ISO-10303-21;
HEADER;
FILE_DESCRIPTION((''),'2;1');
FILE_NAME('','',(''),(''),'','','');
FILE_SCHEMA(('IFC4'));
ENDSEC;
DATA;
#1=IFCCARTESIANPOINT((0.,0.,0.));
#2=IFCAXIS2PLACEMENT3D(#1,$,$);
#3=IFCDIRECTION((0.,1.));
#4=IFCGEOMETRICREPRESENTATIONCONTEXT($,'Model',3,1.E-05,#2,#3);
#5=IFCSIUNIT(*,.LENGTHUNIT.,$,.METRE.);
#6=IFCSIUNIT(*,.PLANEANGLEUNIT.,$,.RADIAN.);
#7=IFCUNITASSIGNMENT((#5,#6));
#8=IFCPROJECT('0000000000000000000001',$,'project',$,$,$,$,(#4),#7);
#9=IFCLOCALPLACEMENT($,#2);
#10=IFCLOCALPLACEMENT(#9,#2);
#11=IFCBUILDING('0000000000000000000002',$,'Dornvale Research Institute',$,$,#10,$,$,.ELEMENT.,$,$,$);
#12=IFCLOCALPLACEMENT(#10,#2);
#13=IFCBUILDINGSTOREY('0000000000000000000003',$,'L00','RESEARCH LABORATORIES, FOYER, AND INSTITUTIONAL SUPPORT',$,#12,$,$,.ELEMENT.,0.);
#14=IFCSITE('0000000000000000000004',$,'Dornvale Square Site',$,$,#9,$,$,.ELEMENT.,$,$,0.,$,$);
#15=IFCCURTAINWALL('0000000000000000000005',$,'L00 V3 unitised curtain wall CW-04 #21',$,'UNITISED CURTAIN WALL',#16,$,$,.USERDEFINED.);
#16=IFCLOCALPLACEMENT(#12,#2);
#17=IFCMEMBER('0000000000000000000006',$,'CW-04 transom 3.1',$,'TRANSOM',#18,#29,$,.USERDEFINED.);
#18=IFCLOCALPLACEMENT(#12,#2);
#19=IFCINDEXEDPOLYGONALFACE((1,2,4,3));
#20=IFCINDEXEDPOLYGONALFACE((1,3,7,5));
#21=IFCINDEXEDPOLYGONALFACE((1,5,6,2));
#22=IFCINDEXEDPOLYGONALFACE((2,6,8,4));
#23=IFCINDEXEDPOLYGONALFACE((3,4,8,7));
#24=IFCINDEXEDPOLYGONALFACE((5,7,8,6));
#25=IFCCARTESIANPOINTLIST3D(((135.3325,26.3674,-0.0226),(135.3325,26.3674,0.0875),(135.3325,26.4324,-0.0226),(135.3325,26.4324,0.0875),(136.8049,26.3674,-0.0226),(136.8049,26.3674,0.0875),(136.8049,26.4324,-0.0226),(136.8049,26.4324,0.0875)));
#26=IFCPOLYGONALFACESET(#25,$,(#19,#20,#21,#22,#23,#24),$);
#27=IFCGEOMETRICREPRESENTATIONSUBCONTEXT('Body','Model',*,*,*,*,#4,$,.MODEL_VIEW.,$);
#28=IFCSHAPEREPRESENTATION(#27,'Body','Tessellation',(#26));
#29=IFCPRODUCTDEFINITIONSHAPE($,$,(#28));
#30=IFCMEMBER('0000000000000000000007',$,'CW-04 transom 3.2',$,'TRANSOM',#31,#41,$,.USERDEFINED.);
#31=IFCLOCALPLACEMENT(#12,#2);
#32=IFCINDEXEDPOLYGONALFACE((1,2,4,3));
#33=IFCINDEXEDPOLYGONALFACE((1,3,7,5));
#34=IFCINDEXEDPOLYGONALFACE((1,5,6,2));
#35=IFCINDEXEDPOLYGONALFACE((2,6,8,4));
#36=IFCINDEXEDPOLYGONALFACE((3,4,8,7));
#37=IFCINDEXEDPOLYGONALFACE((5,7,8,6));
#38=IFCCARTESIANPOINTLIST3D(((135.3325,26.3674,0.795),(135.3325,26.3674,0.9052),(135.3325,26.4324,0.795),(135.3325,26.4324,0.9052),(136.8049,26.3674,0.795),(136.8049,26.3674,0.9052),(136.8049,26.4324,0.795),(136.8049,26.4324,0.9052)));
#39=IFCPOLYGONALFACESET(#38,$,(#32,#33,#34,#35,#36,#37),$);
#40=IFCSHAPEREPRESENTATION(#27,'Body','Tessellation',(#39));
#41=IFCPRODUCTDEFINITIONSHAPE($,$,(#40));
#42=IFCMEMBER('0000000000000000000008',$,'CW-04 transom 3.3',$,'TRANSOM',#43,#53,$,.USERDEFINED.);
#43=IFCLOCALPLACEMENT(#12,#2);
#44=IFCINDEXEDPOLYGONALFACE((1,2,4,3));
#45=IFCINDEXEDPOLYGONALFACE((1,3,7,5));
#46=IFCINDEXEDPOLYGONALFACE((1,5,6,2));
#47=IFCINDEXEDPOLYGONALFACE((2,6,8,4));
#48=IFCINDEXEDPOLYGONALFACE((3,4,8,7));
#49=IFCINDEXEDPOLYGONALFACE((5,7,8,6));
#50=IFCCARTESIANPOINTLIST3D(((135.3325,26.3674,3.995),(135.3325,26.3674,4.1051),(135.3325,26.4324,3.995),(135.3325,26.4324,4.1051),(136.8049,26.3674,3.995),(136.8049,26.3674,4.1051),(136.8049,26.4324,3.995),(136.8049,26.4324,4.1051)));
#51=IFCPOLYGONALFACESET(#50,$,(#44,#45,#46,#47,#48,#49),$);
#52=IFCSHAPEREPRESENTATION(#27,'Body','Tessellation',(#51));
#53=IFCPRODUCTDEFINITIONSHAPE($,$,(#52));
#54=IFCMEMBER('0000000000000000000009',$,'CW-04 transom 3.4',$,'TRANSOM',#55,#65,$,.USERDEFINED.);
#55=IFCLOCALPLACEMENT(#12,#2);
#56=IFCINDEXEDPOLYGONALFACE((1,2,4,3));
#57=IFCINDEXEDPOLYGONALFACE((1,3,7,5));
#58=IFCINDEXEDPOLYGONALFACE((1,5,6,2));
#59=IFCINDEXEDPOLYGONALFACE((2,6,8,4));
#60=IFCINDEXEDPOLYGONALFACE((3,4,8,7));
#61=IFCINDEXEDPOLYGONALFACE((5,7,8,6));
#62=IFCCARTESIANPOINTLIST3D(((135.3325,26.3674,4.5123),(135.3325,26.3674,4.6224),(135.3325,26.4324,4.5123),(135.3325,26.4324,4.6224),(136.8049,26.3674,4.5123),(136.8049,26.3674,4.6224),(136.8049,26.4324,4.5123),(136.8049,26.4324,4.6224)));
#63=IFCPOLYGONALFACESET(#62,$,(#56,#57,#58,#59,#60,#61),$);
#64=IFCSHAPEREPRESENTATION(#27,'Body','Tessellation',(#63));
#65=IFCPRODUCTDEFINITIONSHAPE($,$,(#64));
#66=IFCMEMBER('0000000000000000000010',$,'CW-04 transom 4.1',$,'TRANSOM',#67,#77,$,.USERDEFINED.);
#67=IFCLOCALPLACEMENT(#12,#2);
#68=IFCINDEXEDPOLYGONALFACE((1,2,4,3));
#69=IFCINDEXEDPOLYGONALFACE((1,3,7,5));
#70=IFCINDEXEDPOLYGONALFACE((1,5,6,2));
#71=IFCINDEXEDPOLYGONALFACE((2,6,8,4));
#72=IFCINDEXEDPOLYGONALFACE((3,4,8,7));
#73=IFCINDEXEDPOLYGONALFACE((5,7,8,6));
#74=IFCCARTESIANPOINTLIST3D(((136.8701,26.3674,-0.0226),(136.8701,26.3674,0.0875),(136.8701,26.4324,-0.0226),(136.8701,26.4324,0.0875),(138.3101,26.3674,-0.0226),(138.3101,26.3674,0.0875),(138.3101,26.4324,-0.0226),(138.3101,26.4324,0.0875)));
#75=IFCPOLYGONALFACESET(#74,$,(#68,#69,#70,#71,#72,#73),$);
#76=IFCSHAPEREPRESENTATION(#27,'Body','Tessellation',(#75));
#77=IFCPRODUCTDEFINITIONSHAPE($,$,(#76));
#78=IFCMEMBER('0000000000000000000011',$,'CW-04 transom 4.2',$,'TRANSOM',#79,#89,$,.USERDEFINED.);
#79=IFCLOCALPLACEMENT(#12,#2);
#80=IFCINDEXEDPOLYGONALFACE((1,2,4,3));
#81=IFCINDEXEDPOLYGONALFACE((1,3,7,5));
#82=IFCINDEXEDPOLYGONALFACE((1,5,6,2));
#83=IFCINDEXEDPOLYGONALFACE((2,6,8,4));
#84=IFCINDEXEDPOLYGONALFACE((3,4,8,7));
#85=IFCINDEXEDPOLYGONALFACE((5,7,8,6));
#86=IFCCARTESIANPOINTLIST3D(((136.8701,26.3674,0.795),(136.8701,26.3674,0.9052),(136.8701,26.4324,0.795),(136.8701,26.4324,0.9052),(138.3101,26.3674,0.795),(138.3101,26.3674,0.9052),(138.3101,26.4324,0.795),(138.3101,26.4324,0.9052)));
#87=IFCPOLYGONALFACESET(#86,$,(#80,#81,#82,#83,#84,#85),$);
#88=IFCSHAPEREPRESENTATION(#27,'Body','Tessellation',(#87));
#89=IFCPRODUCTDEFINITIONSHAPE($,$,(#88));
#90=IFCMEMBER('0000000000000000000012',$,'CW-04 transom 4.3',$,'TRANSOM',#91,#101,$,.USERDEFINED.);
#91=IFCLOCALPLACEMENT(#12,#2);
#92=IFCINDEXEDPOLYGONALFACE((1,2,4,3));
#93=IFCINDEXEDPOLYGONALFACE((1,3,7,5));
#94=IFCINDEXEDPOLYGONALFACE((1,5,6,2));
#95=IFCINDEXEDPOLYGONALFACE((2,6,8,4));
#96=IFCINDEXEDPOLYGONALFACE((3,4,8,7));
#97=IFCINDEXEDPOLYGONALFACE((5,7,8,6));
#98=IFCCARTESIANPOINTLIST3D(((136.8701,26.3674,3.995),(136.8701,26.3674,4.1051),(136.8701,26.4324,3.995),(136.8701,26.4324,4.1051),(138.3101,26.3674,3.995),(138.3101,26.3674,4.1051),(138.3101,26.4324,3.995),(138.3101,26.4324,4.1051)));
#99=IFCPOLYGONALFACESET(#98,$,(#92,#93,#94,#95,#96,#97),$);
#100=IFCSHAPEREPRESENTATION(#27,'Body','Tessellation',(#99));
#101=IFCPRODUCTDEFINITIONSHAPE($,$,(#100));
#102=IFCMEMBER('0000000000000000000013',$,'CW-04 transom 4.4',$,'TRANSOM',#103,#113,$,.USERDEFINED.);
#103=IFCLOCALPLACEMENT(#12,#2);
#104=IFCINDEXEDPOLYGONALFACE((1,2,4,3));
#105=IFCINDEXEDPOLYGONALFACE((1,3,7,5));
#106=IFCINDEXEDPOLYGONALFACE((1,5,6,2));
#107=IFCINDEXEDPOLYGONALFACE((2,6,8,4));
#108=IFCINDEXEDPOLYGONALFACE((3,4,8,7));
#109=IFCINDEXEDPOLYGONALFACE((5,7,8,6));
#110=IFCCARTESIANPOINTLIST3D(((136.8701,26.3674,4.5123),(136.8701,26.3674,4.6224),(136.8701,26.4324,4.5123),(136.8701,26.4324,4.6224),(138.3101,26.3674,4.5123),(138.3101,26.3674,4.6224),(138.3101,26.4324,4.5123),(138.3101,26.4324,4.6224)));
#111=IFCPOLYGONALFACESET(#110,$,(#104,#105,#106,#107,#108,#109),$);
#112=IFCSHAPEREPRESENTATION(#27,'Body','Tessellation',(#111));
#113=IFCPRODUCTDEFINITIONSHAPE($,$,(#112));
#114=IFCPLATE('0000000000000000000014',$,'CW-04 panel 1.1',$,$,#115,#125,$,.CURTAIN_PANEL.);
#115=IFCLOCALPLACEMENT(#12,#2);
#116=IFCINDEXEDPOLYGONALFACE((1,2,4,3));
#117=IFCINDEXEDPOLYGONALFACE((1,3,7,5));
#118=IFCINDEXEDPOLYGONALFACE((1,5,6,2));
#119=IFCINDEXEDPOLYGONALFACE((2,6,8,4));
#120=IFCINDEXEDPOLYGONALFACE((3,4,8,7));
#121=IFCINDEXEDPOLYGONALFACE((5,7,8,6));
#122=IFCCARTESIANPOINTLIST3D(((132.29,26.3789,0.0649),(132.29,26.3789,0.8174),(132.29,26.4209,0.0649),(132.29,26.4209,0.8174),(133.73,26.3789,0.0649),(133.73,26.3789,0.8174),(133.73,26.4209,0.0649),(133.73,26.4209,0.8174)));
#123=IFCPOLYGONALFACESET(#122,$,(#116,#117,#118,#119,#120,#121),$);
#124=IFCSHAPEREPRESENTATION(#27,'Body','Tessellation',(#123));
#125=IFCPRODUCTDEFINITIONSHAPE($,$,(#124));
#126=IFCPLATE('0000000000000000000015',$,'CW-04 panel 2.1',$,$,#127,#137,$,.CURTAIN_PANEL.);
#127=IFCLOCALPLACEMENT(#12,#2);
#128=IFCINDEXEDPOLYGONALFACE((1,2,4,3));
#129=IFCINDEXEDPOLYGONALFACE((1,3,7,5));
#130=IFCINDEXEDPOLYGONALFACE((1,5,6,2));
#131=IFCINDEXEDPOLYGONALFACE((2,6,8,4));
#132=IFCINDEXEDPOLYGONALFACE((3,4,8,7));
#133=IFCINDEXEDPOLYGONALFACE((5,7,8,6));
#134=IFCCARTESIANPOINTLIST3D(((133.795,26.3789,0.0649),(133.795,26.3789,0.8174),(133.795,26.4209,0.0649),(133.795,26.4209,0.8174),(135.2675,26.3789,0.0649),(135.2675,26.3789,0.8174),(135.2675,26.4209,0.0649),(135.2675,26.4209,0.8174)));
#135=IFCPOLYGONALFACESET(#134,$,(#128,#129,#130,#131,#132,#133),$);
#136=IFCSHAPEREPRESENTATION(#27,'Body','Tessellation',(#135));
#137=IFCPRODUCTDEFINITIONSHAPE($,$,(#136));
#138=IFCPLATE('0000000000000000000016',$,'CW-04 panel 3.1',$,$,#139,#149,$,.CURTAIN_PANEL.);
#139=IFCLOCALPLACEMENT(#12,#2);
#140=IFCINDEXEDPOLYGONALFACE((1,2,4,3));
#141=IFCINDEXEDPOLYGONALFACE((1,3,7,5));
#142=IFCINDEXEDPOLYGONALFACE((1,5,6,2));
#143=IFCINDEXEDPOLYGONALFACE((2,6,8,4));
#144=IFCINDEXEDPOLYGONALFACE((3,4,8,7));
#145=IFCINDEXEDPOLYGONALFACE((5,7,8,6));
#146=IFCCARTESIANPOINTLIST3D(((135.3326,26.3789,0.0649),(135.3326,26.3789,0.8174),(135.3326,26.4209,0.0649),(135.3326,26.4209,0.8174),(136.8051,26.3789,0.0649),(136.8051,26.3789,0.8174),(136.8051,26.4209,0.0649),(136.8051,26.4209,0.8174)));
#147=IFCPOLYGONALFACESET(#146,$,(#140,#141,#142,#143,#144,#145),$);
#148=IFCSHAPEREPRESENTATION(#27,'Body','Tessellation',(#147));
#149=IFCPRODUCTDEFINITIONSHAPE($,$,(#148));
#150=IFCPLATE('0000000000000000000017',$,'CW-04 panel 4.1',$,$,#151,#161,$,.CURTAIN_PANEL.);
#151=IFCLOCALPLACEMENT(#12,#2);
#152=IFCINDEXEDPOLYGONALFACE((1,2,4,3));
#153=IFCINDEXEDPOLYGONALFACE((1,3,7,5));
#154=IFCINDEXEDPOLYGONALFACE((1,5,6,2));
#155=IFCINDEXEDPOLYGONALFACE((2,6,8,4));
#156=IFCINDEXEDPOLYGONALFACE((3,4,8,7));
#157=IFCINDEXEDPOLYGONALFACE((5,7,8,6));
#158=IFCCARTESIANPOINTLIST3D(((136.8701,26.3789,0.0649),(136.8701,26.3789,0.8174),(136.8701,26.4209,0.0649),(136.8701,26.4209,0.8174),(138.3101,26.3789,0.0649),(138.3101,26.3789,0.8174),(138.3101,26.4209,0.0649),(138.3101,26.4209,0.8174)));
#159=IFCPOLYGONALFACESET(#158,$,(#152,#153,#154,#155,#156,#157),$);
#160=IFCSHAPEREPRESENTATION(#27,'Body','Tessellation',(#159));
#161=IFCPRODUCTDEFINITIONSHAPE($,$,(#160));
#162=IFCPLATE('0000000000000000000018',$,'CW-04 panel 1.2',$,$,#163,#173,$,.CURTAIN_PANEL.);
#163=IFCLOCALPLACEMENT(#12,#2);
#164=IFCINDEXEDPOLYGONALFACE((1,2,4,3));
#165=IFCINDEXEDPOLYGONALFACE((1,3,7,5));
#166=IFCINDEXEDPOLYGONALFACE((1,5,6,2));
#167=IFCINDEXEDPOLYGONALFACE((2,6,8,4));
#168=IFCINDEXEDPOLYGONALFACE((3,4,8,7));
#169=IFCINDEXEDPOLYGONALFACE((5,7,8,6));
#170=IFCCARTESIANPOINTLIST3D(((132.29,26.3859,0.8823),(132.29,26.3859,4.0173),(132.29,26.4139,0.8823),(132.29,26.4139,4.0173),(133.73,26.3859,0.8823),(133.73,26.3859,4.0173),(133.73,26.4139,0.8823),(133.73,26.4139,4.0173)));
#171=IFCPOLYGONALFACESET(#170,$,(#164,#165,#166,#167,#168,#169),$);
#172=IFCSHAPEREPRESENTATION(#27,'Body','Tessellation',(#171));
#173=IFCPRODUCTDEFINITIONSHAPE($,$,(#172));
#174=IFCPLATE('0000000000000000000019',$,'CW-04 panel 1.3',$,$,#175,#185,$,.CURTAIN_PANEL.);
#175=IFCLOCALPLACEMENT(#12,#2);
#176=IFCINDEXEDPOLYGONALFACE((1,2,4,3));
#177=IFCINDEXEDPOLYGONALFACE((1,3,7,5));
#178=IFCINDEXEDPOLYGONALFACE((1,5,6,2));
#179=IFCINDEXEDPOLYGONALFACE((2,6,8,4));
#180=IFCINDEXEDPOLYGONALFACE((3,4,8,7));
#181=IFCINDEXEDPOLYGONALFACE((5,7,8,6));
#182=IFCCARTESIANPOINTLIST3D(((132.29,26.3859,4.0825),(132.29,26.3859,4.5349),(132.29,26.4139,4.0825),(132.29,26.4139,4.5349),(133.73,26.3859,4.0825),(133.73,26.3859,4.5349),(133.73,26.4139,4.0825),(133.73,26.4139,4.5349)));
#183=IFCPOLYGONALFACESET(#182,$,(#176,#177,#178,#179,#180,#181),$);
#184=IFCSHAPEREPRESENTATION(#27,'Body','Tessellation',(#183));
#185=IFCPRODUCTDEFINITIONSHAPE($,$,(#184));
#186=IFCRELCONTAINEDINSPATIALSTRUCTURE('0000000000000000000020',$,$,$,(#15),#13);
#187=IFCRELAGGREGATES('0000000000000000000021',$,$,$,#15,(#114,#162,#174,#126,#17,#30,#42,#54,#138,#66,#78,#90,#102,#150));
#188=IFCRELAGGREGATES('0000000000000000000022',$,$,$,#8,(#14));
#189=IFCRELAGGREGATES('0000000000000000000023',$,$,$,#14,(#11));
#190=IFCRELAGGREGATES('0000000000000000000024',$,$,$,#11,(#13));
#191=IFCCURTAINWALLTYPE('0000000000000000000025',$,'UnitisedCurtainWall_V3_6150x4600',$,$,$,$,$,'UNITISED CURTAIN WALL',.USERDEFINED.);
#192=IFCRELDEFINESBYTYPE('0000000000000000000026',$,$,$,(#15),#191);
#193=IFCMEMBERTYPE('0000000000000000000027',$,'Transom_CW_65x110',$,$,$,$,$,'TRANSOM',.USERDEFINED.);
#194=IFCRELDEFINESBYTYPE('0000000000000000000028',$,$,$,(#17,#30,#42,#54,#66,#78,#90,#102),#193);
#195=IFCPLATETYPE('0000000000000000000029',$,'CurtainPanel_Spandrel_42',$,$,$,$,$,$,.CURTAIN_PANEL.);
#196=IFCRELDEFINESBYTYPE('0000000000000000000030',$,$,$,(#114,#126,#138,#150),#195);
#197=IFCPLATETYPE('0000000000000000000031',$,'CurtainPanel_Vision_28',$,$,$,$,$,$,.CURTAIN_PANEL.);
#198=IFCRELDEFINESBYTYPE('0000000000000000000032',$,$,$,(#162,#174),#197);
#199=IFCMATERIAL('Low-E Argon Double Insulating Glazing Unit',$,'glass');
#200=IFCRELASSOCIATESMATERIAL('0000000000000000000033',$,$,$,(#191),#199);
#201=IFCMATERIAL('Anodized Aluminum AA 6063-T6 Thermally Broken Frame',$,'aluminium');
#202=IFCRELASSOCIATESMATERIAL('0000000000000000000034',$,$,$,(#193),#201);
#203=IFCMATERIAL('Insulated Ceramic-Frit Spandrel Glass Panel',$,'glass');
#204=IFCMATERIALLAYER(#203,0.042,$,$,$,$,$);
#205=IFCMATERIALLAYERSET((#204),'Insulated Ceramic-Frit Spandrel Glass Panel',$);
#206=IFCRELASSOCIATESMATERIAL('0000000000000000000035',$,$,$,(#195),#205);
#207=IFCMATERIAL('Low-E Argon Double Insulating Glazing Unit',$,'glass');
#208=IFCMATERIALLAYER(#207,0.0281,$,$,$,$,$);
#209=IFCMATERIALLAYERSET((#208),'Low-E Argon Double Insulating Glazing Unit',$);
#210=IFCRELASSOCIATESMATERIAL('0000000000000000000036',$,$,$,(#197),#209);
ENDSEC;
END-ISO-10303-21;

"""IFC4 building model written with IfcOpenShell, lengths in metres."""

from ifc_helpers import new_model, si_unit, direction, frame, origin, origin_2d, place, context, subcontext, project, spatial, rectangle, extrude, material, layer, layer_set, material_profile, profile_set, type_object, element, aggregate, save


model = new_model("IFC4")

# Units and contexts
model_context = context("Model", 3, precision=1e-05, world=origin(), true_north=direction((0.0, 1.0)))
body_context = subcontext(model_context, "Body", "Model", "MODEL_VIEW")
ifc_project = project(units=[si_unit("LENGTHUNIT", "METRE"), si_unit("PLANEANGLEUNIT", "RADIAN")], contexts=[model_context])

# Site, building, storey
site_placement = place(None, origin())
site = spatial("IfcSite", under=ifc_project, at=site_placement, Name="Dornvale Square Site", CompositionType="ELEMENT", RefElevation=0.0)
building_placement = place(site_placement, origin())
building = spatial("IfcBuilding", under=site, at=building_placement, Name="Dornvale Research Institute", CompositionType="ELEMENT")
storey_placement = place(building_placement, origin())
storey = spatial("IfcBuildingStorey", under=building, at=storey_placement, Name="L00", Description="RESEARCH LABORATORIES, FOYER, AND INSTITUTIONAL SUPPORT", CompositionType="ELEMENT", Elevation=0.0)

# Curtain wall, members, plates
ifc_material_1 = material(Name="Low-E Argon Double Insulating Glazing Unit", Category="glass")
curtain_wall_type = type_object("IfcCurtainWallType", Name="UnitisedCurtainWall_V3_6150x4600", ElementType="UNITISED CURTAIN WALL", PredefinedType="USERDEFINED", material=ifc_material_1)
curtain_wall_placement = place(storey_placement, origin())
curtain_wall = element("IfcCurtainWall", 1, at=curtain_wall_placement, inside=storey, type_object=curtain_wall_type, Name="L00 V3 unitised curtain wall CW-04 #21", ObjectType="UNITISED CURTAIN WALL", PredefinedType="USERDEFINED")
ifc_material_2 = material(Name="Anodized Aluminum AA 6063-T6 Thermally Broken Frame", Category="aluminium")
ifc_material_profile_1 = material_profile(ifc_material_2, rectangle(XDim=0.0649, YDim=0.1101, at=origin_2d()), Name="ALU TRANSOM 65x110")
ifc_profile_set_1 = profile_set([ifc_material_profile_1], Name="Anodized Aluminum AA 6063-T6 Thermally Broken Frame")
member_type_1 = type_object("IfcMemberType", Name="Transom_CW_65x110", ElementType="TRANSOM", PredefinedType="USERDEFINED", material=ifc_profile_set_1)
member_1_placement = place(storey_placement, frame((135.3325, 26.3999, 0.0325), z_axis=(1.0, 0.0, 0.0), x_axis=(0.0, 1.0, 0.0)))
member_1 = element("IfcMember", 2, at=member_1_placement, type_object=member_type_1, Name="CW-04 transom 3.1", ObjectType="TRANSOM", PredefinedType="USERDEFINED", context=body_context, shape_type="SweptSolid", body=[
    extrude(rectangle(XDim=0.0649, YDim=0.1101, at=origin_2d()), origin(), (0.0, 0.0, 1.0), 1.4724),
])
member_2_placement = place(storey_placement, frame((135.3325, 26.3999, 0.8501), z_axis=(1.0, 0.0, 0.0), x_axis=(0.0, 1.0, 0.0)))
member_2 = element("IfcMember", 3, at=member_2_placement, type_object=member_type_1, Name="CW-04 transom 3.2", ObjectType="TRANSOM", PredefinedType="USERDEFINED", context=body_context, shape_type="SweptSolid", body=[
    extrude(rectangle(XDim=0.0649, YDim=0.1101, at=origin_2d()), origin(), (0.0, 0.0, 1.0), 1.4724),
])
member_3_placement = place(storey_placement, frame((135.3325, 26.3999, 4.05), z_axis=(1.0, 0.0, 0.0), x_axis=(0.0, 1.0, 0.0)))
member_3 = element("IfcMember", 4, at=member_3_placement, type_object=member_type_1, Name="CW-04 transom 3.3", ObjectType="TRANSOM", PredefinedType="USERDEFINED", context=body_context, shape_type="SweptSolid", body=[
    extrude(rectangle(XDim=0.0649, YDim=0.1101, at=origin_2d()), origin(), (0.0, 0.0, 1.0), 1.4724),
])
member_4_placement = place(storey_placement, frame((135.3325, 26.3999, 4.5674), z_axis=(1.0, 0.0, 0.0), x_axis=(0.0, 1.0, 0.0)))
member_4 = element("IfcMember", 5, at=member_4_placement, type_object=member_type_1, Name="CW-04 transom 3.4", ObjectType="TRANSOM", PredefinedType="USERDEFINED", context=body_context, shape_type="SweptSolid", body=[
    extrude(rectangle(XDim=0.0649, YDim=0.1101, at=origin_2d()), origin(), (0.0, 0.0, 1.0), 1.4724),
])
member_5_placement = place(storey_placement, frame((136.8701, 26.3999, 0.0325), z_axis=(1.0, 0.0, 0.0), x_axis=(0.0, 1.0, 0.0)))
member_5 = element("IfcMember", 6, at=member_5_placement, type_object=member_type_1, Name="CW-04 transom 4.1", ObjectType="TRANSOM", PredefinedType="USERDEFINED", context=body_context, shape_type="SweptSolid", body=[
    extrude(rectangle(XDim=0.0649, YDim=0.1101, at=origin_2d()), origin(), (0.0, 0.0, 1.0), 1.4399),
])
member_6_placement = place(storey_placement, frame((136.8701, 26.3999, 0.8501), z_axis=(1.0, 0.0, 0.0), x_axis=(0.0, 1.0, 0.0)))
member_6 = element("IfcMember", 7, at=member_6_placement, type_object=member_type_1, Name="CW-04 transom 4.2", ObjectType="TRANSOM", PredefinedType="USERDEFINED", context=body_context, shape_type="SweptSolid", body=[
    extrude(rectangle(XDim=0.0649, YDim=0.1101, at=origin_2d()), origin(), (0.0, 0.0, 1.0), 1.4399),
])
member_7_placement = place(storey_placement, frame((136.8701, 26.3999, 4.05), z_axis=(1.0, 0.0, 0.0), x_axis=(0.0, 1.0, 0.0)))
member_7 = element("IfcMember", 8, at=member_7_placement, type_object=member_type_1, Name="CW-04 transom 4.3", ObjectType="TRANSOM", PredefinedType="USERDEFINED", context=body_context, shape_type="SweptSolid", body=[
    extrude(rectangle(XDim=0.0649, YDim=0.1101, at=origin_2d()), origin(), (0.0, 0.0, 1.0), 1.4399),
])
member_8_placement = place(storey_placement, frame((136.8701, 26.3999, 4.5674), z_axis=(1.0, 0.0, 0.0), x_axis=(0.0, 1.0, 0.0)))
member_8 = element("IfcMember", 9, at=member_8_placement, type_object=member_type_1, Name="CW-04 transom 4.4", ObjectType="TRANSOM", PredefinedType="USERDEFINED", context=body_context, shape_type="SweptSolid", body=[
    extrude(rectangle(XDim=0.0649, YDim=0.1101, at=origin_2d()), origin(), (0.0, 0.0, 1.0), 1.4399),
])
ifc_material_3 = material(Name="Insulated Ceramic-Frit Spandrel Glass Panel", Category="glass")
ifc_layer_1 = layer(ifc_material_3, 0.042)
ifc_layer_set_1 = layer_set([ifc_layer_1], Name="Insulated Ceramic-Frit Spandrel Glass Panel")
plate_type_1 = type_object("IfcPlateType", Name="CurtainPanel_Spandrel_42", PredefinedType="CURTAIN_PANEL", material=ifc_layer_set_1)
plate_1_placement = place(storey_placement, frame((133.01, 26.3999, 0.0649), z_axis=(0.0, 0.0, 1.0), x_axis=(1.0, 0.0, 0.0)))
plate_1 = element("IfcPlate", 10, at=plate_1_placement, type_object=plate_type_1, Name="CW-04 panel 1.1", PredefinedType="CURTAIN_PANEL", context=body_context, shape_type="SweptSolid", body=[
    extrude(rectangle(XDim=1.4399, YDim=0.042, at=origin_2d()), origin(), (0.0, 0.0, 1.0), 0.7524),
])
plate_2_placement = place(storey_placement, frame((134.5312, 26.3999, 0.0649), z_axis=(0.0, 0.0, 1.0), x_axis=(1.0, 0.0, 0.0)))
plate_2 = element("IfcPlate", 11, at=plate_2_placement, type_object=plate_type_1, Name="CW-04 panel 2.1", PredefinedType="CURTAIN_PANEL", context=body_context, shape_type="SweptSolid", body=[
    extrude(rectangle(XDim=1.4724, YDim=0.042, at=origin_2d()), origin(), (0.0, 0.0, 1.0), 0.7524),
])
plate_3_placement = place(storey_placement, frame((136.0688, 26.3999, 0.0649), z_axis=(0.0, 0.0, 1.0), x_axis=(1.0, 0.0, 0.0)))
plate_3 = element("IfcPlate", 12, at=plate_3_placement, type_object=plate_type_1, Name="CW-04 panel 3.1", PredefinedType="CURTAIN_PANEL", context=body_context, shape_type="SweptSolid", body=[
    extrude(rectangle(XDim=1.4724, YDim=0.042, at=origin_2d()), origin(), (0.0, 0.0, 1.0), 0.7524),
])
plate_4_placement = place(storey_placement, frame((137.5901, 26.3999, 0.0649), z_axis=(0.0, 0.0, 1.0), x_axis=(1.0, 0.0, 0.0)))
plate_4 = element("IfcPlate", 13, at=plate_4_placement, type_object=plate_type_1, Name="CW-04 panel 4.1", PredefinedType="CURTAIN_PANEL", context=body_context, shape_type="SweptSolid", body=[
    extrude(rectangle(XDim=1.4399, YDim=0.042, at=origin_2d()), origin(), (0.0, 0.0, 1.0), 0.7524),
])
ifc_material_4 = material(Name="Low-E Argon Double Insulating Glazing Unit", Category="glass")
ifc_layer_2 = layer(ifc_material_4, 0.0281)
ifc_layer_set_2 = layer_set([ifc_layer_2], Name="Low-E Argon Double Insulating Glazing Unit")
plate_type_2 = type_object("IfcPlateType", Name="CurtainPanel_Vision_28", PredefinedType="CURTAIN_PANEL", material=ifc_layer_set_2)
plate_5_placement = place(storey_placement, frame((133.01, 26.3999, 0.8823), z_axis=(0.0, 0.0, 1.0), x_axis=(1.0, 0.0, 0.0)))
plate_5 = element("IfcPlate", 14, at=plate_5_placement, type_object=plate_type_2, Name="CW-04 panel 1.2", PredefinedType="CURTAIN_PANEL", context=body_context, shape_type="SweptSolid", body=[
    extrude(rectangle(XDim=1.4399, YDim=0.0281, at=origin_2d()), origin(), (0.0, 0.0, 1.0), 3.135),
])
plate_6_placement = place(storey_placement, frame((133.01, 26.3999, 4.0825), z_axis=(0.0, 0.0, 1.0), x_axis=(1.0, 0.0, 0.0)))
plate_6 = element("IfcPlate", 15, at=plate_6_placement, type_object=plate_type_2, Name="CW-04 panel 1.3", PredefinedType="CURTAIN_PANEL", context=body_context, shape_type="SweptSolid", body=[
    extrude(rectangle(XDim=1.4399, YDim=0.0281, at=origin_2d()), origin(), (0.0, 0.0, 1.0), 0.4524),
])
aggregate(curtain_wall, [plate_1, plate_5, plate_6, plate_2, member_1, member_2, member_3, member_4, plate_3, member_5, member_6, member_7, member_8, plate_4])

save(model, "model.ifc")
